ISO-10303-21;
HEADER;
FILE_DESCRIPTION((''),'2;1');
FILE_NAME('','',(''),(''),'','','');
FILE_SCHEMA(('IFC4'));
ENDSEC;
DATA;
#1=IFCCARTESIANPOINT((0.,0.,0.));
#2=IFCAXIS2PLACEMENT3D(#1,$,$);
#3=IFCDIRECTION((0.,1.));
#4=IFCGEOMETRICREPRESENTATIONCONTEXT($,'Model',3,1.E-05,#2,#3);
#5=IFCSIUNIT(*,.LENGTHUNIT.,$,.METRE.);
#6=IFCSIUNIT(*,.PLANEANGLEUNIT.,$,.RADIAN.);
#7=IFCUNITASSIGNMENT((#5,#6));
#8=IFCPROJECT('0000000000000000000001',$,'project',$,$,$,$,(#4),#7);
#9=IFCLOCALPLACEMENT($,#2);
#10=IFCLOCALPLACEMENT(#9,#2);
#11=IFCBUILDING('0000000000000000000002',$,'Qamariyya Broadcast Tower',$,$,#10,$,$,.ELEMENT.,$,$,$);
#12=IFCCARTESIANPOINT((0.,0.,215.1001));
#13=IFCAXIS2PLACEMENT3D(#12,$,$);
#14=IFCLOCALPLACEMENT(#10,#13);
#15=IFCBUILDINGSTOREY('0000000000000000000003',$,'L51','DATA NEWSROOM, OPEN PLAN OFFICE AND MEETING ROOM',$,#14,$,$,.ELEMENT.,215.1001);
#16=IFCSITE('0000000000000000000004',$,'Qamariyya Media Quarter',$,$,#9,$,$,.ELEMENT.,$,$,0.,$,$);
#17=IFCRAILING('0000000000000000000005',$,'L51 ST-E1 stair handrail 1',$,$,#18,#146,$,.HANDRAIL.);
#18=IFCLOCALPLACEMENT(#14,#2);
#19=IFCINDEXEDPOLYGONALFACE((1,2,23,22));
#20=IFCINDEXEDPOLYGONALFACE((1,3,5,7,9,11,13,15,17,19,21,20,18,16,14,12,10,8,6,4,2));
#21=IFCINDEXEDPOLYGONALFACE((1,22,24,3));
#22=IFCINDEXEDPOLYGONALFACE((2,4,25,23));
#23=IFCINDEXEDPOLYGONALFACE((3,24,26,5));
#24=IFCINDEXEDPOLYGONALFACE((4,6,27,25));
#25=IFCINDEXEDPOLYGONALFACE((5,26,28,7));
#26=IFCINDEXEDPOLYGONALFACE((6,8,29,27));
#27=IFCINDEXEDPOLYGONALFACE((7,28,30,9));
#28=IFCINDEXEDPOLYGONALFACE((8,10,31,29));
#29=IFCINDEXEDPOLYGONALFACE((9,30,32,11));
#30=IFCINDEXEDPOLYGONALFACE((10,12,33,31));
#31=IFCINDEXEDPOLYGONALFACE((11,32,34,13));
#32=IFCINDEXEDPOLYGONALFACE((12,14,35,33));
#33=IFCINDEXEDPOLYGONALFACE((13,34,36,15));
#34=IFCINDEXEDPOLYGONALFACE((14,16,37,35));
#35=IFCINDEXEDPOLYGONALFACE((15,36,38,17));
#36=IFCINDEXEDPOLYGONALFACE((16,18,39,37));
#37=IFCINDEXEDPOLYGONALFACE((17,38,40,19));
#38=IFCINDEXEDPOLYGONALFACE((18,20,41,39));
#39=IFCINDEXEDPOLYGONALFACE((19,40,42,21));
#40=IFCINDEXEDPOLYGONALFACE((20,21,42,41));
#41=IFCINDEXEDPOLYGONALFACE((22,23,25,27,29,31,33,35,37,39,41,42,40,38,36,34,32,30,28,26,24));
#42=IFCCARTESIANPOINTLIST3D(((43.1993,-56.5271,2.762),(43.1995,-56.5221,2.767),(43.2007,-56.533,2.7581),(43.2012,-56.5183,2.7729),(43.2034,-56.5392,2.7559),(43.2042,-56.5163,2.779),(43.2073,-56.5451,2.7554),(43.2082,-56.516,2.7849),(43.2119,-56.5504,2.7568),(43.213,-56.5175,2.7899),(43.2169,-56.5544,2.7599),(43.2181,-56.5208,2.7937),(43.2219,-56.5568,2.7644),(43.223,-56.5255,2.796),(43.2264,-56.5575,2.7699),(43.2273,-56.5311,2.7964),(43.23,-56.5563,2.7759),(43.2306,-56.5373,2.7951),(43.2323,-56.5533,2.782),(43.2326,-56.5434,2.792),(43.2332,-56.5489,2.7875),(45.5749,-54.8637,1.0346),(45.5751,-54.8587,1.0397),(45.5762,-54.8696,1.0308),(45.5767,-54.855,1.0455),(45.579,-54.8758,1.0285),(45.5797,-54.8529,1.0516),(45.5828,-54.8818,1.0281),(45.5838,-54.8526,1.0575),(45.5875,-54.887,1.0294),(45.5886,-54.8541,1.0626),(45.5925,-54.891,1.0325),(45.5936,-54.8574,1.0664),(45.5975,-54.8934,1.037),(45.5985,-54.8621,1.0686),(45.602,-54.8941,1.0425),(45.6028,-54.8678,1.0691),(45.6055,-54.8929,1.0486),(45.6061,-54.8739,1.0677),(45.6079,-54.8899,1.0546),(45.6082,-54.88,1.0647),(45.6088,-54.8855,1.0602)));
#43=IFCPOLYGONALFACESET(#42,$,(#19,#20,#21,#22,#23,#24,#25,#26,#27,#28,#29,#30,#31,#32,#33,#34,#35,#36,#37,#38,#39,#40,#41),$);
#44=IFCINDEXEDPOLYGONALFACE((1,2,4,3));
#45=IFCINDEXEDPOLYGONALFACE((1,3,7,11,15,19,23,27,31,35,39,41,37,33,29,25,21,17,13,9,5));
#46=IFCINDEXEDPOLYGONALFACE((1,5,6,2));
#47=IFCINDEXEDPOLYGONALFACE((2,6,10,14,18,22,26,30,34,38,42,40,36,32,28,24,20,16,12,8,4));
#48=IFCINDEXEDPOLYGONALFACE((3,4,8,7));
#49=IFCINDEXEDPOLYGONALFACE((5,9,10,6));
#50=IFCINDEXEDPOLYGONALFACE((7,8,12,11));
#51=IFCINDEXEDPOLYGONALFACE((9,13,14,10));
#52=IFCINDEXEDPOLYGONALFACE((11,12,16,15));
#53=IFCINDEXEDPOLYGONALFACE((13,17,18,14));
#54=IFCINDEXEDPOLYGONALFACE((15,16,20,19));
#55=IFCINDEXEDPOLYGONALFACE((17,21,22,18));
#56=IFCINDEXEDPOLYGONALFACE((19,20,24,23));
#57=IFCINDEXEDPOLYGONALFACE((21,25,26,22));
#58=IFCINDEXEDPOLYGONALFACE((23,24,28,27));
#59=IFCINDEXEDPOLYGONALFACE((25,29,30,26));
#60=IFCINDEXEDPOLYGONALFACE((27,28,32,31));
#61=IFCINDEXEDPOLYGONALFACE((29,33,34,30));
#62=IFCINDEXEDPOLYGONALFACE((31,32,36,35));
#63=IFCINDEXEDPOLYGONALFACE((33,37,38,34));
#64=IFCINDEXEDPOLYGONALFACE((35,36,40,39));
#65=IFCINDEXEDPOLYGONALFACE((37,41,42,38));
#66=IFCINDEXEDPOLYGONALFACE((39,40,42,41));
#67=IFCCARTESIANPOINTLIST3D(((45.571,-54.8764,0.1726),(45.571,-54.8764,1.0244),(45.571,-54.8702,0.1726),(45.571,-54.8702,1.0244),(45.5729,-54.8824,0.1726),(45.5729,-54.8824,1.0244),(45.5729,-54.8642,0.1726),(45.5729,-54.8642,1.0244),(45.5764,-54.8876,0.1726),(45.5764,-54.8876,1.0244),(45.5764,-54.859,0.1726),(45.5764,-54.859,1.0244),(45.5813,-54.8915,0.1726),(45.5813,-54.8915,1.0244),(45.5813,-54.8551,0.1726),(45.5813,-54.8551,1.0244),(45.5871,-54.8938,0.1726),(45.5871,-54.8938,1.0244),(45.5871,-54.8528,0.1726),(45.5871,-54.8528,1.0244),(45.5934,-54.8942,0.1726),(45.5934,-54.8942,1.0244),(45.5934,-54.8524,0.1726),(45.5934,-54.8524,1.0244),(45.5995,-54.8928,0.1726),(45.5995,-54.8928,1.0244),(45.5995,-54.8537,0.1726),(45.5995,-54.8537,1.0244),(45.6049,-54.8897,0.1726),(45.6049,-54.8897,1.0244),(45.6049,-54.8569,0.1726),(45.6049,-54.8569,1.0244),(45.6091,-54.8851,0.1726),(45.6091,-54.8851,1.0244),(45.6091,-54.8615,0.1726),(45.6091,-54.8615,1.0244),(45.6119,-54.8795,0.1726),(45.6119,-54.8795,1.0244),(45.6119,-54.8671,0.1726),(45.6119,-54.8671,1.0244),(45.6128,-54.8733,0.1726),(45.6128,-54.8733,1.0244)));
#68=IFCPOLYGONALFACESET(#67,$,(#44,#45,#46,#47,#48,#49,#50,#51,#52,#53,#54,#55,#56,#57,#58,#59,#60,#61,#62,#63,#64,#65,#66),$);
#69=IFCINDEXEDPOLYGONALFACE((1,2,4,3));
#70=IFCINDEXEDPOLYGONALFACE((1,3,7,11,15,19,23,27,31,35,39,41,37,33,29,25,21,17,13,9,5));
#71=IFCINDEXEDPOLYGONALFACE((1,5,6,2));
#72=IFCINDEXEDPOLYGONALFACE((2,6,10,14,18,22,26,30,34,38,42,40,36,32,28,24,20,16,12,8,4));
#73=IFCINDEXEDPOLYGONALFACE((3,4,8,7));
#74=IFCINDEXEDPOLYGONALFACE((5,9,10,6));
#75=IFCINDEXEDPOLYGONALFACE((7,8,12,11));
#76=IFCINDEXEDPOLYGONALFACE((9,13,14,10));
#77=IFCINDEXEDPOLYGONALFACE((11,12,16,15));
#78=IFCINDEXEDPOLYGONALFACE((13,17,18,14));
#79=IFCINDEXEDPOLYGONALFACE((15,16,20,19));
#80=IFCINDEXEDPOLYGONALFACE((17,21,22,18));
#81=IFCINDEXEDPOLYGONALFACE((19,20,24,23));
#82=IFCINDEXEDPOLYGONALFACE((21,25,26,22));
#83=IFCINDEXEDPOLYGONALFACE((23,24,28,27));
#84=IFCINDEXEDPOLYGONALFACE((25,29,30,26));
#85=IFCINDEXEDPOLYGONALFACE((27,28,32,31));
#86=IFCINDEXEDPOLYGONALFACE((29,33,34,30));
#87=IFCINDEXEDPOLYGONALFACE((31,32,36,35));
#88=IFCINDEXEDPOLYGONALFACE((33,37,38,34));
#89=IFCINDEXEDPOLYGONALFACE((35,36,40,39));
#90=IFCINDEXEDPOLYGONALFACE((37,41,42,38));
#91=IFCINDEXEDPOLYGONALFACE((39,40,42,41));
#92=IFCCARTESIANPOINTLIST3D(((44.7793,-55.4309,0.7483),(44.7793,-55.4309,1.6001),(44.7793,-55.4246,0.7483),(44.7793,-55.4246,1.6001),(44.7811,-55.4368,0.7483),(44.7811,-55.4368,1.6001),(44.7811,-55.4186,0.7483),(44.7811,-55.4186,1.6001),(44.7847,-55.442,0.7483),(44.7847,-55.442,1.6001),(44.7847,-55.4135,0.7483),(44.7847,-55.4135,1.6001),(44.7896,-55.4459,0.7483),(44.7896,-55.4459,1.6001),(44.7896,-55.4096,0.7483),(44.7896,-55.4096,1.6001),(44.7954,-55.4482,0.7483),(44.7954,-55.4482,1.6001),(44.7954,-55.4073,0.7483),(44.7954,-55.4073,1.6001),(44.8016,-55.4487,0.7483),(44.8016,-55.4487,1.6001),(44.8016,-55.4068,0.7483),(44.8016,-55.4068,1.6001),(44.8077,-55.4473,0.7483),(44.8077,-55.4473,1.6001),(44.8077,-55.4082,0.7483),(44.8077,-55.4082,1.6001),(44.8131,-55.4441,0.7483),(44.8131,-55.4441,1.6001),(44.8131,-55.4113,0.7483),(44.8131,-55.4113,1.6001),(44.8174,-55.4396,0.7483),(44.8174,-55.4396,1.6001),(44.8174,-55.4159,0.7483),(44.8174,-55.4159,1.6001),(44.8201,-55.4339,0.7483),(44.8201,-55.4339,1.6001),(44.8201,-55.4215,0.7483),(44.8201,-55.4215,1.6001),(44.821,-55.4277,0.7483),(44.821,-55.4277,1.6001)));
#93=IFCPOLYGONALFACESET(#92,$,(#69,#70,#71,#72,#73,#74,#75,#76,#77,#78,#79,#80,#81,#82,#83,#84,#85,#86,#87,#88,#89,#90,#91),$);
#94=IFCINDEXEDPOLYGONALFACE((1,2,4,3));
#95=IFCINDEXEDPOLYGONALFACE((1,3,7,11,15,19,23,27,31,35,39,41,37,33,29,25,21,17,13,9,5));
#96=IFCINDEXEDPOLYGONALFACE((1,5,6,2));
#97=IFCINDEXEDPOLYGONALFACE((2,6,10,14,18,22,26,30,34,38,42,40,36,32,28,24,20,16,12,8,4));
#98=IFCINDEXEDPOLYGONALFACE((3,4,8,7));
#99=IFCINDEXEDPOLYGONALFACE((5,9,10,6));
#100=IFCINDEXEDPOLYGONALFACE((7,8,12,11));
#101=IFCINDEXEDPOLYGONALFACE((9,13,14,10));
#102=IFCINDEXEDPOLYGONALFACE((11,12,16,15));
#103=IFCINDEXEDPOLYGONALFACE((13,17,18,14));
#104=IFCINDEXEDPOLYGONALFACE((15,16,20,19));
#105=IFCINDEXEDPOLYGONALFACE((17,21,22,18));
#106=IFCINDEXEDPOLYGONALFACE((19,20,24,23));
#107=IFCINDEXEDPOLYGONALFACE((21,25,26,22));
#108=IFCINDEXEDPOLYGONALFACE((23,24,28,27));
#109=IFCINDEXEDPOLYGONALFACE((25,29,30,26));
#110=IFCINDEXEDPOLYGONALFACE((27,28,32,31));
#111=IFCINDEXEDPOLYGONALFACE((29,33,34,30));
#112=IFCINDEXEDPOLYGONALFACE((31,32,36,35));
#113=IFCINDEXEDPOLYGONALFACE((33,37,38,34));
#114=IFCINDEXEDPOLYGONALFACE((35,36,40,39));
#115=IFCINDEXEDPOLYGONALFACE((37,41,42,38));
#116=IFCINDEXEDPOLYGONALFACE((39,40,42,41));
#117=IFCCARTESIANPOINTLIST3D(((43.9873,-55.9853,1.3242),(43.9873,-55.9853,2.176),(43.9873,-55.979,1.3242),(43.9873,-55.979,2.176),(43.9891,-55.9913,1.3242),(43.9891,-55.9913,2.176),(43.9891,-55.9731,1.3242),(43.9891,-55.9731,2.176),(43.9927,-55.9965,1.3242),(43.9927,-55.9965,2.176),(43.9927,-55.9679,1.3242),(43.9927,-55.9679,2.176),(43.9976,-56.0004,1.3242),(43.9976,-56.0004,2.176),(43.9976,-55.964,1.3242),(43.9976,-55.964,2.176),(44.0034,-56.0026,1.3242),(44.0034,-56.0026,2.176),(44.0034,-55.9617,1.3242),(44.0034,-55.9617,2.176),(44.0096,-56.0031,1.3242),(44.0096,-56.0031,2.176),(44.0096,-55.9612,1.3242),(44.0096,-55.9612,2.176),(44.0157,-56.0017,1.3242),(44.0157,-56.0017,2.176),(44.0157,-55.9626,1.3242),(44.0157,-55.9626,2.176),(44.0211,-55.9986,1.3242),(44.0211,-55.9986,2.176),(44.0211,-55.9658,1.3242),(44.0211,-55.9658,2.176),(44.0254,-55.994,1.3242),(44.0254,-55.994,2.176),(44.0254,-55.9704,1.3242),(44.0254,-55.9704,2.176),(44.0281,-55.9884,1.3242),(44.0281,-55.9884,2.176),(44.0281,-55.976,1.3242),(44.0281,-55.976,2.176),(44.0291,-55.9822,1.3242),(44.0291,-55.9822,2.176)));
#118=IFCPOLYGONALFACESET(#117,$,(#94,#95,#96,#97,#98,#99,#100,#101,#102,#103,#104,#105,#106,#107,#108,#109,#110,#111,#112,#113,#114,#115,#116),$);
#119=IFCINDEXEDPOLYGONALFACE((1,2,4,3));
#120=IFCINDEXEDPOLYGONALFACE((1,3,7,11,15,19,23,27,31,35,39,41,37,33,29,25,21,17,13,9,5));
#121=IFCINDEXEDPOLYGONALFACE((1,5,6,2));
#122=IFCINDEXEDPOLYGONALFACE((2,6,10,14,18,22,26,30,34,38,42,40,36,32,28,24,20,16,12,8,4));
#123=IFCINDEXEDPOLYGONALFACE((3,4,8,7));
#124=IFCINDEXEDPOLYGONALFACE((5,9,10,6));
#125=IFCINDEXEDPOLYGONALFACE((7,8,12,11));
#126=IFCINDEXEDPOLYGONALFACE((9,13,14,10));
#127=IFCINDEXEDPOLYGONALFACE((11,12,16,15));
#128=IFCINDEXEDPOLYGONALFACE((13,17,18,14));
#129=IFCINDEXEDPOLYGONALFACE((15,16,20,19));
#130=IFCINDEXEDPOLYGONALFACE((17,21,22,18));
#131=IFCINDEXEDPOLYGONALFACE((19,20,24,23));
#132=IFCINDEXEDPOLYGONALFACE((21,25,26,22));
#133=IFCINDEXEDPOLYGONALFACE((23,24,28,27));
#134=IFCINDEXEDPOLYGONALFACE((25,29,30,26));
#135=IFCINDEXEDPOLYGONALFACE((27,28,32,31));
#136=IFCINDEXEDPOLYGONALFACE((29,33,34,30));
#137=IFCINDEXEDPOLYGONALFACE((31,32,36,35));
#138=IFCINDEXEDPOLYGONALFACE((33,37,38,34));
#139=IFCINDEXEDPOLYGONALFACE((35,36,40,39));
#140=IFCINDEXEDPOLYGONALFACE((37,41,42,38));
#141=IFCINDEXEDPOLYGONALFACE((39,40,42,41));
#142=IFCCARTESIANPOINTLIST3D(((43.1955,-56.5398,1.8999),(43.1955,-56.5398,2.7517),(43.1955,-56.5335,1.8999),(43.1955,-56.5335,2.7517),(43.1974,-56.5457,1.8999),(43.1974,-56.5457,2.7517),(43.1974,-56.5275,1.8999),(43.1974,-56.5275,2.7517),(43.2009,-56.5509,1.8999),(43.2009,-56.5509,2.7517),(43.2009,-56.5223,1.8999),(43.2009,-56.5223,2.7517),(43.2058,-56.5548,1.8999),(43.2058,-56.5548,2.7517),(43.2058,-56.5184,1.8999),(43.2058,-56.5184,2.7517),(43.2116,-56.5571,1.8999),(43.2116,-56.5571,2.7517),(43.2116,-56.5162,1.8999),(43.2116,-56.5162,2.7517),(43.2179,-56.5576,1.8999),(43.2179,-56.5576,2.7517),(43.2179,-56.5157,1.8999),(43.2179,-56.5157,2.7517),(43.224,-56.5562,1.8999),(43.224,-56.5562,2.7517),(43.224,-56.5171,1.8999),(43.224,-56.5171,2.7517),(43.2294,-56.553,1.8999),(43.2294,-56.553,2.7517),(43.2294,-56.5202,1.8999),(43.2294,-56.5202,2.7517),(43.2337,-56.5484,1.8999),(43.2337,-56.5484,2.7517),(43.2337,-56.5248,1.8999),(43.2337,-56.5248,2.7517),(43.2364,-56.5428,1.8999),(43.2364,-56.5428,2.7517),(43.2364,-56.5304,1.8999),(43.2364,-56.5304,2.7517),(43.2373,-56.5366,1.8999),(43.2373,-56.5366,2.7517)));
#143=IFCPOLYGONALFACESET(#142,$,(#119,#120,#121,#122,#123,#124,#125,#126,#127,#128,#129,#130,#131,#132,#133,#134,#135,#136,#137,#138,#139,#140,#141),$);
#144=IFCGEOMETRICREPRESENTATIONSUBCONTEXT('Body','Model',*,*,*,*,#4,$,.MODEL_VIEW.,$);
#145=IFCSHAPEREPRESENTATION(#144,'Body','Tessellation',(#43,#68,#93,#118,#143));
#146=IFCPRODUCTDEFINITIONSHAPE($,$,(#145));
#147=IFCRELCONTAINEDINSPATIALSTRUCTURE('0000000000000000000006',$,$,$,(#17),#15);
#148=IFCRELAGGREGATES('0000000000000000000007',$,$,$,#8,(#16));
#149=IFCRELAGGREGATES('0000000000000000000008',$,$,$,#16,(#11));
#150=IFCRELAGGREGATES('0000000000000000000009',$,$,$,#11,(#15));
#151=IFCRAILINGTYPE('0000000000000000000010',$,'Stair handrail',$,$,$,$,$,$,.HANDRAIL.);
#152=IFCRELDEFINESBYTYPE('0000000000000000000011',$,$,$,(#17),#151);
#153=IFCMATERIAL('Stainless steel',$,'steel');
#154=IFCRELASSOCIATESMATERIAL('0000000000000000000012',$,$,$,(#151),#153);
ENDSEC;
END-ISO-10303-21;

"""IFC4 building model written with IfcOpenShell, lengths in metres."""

from ifc_helpers import new_model, si_unit, direction, frame, origin, origin_2d, place, context, subcontext, project, spatial, circle, extrude, material, type_object, element, save


model = new_model("IFC4")

# Units and contexts
model_context = context("Model", 3, precision=1e-05, world=origin(), true_north=direction((0.0, 1.0)))
body_context = subcontext(model_context, "Body", "Model", "MODEL_VIEW")
ifc_project = project(units=[si_unit("LENGTHUNIT", "METRE"), si_unit("PLANEANGLEUNIT", "RADIAN")], contexts=[model_context])

# Site, building, storey
site_placement = place(None, origin())
site = spatial("IfcSite", under=ifc_project, at=site_placement, Name="Qamariyya Media Quarter", CompositionType="ELEMENT", RefElevation=0.0)
building_placement = place(site_placement, origin())
building = spatial("IfcBuilding", under=site, at=building_placement, Name="Qamariyya Broadcast Tower", CompositionType="ELEMENT")
storey_placement = place(building_placement, frame((0.0, 0.0, 215.1001)))
storey = spatial("IfcBuildingStorey", under=building, at=storey_placement, Name="L51", Description="DATA NEWSROOM, OPEN PLAN OFFICE AND MEETING ROOM", CompositionType="ELEMENT", Elevation=215.1001)

# Railing
ifc_material_1 = material(Name="Stainless steel", Category="steel")
railing_type_1 = type_object("IfcRailingType", Name="Stair handrail", PredefinedType="HANDRAIL", material=ifc_material_1)
railing_1_placement = place(storey_placement, frame((45.5918, -54.8733, 0.1726)))
element("IfcRailing", 1, at=railing_1_placement, inside=storey, type_object=railing_type_1, Name="L51 ST-E1 stair handrail 1", PredefinedType="HANDRAIL", context=body_context, shape_type="SweptSolid", body=[
    extrude(circle(Radius=0.0239, at=origin_2d()), frame((0.0, 0.0, 0.876), z_axis=(-0.70377, -0.492784, 0.511734), x_axis=(0.573575, -0.819153, 0.0)), (0.0, 0.0, 1.0), 3.3755),
    extrude(circle(Radius=0.021, at=origin_2d()), origin(), (0.0, 0.0, 1.0), 0.8518),
    extrude(circle(Radius=0.021, at=origin_2d()), frame((-0.7917, -0.5544, 0.5757)), (0.0, 0.0, 1.0), 0.8518),
    extrude(circle(Radius=0.021, at=origin_2d()), frame((-1.5837, -1.1089, 1.1516)), (0.0, 0.0, 1.0), 0.8518),
    extrude(circle(Radius=0.021, at=origin_2d()), frame((-2.3755, -1.6633, 1.7273)), (0.0, 0.0, 1.0), 0.8518),
])

save(model, "model.ifc")
